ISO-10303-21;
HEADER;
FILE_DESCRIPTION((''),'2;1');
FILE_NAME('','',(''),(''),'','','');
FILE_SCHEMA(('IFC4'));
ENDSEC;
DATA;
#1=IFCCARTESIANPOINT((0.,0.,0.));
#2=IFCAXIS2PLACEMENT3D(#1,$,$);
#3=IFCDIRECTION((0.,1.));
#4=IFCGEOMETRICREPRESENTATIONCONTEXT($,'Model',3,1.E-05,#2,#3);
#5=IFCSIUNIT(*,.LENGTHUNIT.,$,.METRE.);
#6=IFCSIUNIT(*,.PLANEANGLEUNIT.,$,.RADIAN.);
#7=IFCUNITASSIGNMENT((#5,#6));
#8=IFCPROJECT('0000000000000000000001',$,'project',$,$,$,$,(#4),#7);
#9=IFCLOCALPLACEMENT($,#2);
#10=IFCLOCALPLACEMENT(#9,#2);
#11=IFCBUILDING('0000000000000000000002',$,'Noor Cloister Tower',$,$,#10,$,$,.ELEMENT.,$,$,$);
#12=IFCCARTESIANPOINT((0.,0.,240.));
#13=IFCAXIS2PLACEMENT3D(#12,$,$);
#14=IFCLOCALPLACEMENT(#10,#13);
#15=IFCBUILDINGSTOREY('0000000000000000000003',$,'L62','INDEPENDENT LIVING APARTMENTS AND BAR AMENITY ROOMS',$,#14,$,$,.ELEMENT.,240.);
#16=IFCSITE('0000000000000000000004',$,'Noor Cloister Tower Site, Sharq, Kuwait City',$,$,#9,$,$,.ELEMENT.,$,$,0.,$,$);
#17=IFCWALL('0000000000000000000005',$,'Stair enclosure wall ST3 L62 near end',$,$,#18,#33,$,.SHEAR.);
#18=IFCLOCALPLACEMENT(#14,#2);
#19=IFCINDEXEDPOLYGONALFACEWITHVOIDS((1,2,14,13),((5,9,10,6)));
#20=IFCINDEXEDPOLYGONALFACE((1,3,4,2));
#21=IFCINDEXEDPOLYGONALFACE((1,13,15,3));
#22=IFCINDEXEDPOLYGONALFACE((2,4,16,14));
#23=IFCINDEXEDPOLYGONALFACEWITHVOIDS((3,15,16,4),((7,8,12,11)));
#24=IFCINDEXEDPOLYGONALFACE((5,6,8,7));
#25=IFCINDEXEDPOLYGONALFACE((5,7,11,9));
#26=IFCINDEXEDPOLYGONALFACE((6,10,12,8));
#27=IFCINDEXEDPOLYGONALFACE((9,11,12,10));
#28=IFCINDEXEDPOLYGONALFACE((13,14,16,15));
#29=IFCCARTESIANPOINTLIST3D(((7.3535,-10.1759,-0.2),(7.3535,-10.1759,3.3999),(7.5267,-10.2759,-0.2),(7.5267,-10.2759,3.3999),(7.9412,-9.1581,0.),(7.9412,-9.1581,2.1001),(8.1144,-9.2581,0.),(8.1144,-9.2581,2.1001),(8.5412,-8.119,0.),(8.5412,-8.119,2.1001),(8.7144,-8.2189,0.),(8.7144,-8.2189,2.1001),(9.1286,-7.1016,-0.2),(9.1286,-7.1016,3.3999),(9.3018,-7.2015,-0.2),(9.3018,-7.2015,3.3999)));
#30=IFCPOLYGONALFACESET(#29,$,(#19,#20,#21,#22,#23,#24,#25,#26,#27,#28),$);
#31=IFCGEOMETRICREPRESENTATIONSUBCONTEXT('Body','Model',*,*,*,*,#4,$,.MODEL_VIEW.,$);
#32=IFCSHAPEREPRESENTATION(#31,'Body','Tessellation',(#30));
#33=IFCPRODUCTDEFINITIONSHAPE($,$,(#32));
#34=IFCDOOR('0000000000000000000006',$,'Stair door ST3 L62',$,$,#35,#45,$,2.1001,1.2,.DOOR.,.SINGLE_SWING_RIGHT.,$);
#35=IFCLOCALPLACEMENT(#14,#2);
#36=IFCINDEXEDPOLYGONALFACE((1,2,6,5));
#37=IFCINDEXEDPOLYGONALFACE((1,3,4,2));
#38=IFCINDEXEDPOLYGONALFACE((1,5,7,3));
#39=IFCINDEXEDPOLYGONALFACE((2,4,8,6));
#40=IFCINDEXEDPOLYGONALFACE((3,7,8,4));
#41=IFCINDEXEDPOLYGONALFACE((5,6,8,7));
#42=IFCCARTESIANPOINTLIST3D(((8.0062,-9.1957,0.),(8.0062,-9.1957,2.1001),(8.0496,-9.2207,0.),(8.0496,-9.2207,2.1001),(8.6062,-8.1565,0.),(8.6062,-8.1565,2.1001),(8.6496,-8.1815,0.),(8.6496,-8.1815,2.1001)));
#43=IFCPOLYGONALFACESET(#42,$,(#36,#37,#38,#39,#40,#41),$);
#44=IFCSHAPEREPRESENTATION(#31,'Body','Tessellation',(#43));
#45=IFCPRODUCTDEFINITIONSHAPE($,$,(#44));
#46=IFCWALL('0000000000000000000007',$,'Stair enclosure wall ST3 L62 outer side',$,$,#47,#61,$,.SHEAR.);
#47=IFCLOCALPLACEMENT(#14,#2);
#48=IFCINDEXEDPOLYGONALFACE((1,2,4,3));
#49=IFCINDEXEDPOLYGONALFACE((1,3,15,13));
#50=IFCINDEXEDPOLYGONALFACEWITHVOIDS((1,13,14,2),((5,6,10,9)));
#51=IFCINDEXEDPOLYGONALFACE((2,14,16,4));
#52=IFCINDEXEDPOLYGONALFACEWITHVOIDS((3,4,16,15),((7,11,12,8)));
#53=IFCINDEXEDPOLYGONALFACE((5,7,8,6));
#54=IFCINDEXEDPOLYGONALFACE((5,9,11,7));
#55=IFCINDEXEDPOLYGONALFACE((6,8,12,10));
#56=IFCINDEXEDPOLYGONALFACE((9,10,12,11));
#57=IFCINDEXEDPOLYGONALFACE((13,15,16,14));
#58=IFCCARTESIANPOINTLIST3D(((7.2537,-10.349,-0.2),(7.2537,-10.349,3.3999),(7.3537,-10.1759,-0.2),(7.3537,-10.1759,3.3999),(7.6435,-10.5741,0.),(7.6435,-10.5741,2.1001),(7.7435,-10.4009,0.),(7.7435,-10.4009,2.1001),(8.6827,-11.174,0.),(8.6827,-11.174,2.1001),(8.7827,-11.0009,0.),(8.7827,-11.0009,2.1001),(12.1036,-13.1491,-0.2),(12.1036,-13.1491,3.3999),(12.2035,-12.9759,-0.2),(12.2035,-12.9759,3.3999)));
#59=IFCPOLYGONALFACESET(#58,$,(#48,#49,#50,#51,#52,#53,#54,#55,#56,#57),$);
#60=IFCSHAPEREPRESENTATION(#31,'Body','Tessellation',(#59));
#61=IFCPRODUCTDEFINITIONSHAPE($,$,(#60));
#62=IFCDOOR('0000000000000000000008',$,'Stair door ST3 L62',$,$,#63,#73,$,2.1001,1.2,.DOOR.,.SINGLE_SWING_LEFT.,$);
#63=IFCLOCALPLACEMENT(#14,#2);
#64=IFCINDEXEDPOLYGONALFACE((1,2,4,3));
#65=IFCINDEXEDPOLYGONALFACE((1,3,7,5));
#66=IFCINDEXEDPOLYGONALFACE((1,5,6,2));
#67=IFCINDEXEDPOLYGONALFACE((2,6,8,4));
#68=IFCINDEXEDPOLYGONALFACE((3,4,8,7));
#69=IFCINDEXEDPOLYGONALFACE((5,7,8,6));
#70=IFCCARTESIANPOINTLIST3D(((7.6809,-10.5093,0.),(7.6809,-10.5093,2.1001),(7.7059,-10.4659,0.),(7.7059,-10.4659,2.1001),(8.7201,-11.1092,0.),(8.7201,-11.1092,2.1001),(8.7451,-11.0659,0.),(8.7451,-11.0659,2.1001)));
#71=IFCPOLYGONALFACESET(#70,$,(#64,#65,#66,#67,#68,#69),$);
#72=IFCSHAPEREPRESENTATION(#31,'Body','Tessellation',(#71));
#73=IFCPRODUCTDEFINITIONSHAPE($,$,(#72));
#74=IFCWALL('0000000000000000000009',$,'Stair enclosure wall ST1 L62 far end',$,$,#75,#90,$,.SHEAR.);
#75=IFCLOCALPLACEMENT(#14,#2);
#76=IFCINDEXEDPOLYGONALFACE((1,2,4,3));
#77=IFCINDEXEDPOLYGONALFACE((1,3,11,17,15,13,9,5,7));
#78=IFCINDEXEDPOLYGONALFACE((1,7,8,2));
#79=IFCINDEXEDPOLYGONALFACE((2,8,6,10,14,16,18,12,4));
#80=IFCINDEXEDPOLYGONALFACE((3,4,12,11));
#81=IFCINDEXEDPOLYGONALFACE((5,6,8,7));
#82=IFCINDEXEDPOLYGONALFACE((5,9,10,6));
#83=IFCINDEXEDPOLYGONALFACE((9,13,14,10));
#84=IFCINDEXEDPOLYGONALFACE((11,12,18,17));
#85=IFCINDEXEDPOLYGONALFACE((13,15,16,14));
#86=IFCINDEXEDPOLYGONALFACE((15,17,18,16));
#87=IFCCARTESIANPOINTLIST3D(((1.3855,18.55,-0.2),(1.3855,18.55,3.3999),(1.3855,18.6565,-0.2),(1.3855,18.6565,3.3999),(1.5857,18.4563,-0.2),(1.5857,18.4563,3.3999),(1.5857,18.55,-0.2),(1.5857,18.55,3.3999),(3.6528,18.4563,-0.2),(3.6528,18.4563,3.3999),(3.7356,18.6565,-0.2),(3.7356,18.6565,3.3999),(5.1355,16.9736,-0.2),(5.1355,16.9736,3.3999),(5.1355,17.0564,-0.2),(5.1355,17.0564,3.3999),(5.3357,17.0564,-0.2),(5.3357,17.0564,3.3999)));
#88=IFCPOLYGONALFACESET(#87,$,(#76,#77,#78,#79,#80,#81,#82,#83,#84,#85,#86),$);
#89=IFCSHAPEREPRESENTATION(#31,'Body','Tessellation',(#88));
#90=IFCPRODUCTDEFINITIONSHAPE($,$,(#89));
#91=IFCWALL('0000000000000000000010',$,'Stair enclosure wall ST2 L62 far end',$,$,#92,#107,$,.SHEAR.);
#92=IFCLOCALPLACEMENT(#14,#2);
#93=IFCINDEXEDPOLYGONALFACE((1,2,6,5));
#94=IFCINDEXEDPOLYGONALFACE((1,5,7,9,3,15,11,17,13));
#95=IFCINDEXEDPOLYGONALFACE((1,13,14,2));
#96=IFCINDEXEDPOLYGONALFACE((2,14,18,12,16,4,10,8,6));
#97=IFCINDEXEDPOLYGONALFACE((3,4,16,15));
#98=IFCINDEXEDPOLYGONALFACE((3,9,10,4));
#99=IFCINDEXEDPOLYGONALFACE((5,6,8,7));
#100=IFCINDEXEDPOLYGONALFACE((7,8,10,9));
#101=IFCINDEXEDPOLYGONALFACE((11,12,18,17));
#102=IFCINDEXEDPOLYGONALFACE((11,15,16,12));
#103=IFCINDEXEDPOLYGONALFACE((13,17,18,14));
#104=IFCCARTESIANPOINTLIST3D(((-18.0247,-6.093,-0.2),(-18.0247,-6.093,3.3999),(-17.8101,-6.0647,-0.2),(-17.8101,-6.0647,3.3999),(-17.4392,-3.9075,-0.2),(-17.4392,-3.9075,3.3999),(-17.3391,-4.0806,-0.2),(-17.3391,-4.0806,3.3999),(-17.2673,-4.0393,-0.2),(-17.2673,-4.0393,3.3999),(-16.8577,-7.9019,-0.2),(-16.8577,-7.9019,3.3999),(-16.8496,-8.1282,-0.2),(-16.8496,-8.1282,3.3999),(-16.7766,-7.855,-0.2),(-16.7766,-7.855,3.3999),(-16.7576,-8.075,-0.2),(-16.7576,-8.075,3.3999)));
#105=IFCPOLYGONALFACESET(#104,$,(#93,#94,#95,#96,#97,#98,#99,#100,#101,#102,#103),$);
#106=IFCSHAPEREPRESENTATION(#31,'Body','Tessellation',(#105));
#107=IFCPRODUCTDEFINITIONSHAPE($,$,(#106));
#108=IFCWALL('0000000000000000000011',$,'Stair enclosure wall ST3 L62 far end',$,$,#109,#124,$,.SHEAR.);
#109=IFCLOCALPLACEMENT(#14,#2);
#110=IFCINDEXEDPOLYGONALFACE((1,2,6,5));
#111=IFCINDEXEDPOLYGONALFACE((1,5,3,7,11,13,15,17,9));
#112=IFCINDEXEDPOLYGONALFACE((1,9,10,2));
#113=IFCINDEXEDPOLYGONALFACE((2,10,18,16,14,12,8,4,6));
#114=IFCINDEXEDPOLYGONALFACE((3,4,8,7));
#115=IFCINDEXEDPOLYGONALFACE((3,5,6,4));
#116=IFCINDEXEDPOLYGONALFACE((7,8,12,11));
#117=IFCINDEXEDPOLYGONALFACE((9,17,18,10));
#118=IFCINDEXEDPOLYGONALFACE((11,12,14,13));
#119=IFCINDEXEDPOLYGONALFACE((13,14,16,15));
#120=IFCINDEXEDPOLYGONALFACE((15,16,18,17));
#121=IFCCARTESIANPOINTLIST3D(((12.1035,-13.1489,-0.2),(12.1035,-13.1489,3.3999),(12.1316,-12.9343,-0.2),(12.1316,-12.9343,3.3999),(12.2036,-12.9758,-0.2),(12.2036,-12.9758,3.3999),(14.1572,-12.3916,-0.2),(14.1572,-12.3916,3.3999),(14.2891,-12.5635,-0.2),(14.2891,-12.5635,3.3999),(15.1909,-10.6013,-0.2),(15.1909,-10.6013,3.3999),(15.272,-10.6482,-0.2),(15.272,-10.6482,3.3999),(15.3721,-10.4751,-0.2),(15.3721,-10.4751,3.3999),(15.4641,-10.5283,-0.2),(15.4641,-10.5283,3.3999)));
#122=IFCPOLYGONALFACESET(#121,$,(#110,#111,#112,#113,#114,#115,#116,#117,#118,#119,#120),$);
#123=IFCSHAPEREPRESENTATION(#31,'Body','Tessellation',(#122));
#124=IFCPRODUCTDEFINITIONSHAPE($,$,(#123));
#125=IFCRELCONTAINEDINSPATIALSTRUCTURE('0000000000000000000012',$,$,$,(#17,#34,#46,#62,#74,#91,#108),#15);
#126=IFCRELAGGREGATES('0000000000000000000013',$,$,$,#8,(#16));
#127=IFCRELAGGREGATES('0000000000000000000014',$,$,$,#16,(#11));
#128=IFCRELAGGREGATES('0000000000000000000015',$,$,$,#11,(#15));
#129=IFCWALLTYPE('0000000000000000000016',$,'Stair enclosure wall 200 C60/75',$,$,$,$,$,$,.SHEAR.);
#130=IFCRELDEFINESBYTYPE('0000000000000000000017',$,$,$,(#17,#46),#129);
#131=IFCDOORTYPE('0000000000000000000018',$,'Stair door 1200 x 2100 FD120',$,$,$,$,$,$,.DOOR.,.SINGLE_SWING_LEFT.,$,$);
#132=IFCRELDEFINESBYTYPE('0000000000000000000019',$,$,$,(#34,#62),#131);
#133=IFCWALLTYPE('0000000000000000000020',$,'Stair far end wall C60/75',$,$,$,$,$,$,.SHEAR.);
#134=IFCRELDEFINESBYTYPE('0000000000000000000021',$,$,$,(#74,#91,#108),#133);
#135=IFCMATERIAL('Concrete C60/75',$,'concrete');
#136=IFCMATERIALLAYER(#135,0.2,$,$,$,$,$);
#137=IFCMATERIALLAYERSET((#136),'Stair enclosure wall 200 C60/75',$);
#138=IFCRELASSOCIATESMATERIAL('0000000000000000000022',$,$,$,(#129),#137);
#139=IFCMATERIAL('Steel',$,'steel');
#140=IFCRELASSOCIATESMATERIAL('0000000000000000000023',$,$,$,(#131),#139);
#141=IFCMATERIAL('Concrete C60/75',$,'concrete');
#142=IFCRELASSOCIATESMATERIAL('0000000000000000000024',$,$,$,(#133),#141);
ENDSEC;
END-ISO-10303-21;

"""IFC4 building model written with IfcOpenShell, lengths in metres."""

from ifc_helpers import new_model, si_unit, direction, frame, frame_2d, origin, place, context, subcontext, project, spatial, polyline, rectangle, outline, extrude, material, layer, layer_set, type_object, element, fill, save


model = new_model("IFC4")

# Units and contexts
model_context = context("Model", 3, precision=1e-05, world=origin(), true_north=direction((0.0, 1.0)))
body_context = subcontext(model_context, "Body", "Model", "MODEL_VIEW")
ifc_project = project(units=[si_unit("LENGTHUNIT", "METRE"), si_unit("PLANEANGLEUNIT", "RADIAN")], contexts=[model_context])

# Site, building, storey
site_placement = place(None, origin())
site = spatial("IfcSite", under=ifc_project, at=site_placement, Name="Noor Cloister Tower Site, Sharq, Kuwait City", CompositionType="ELEMENT", RefElevation=0.0)
building_placement = place(site_placement, origin())
building = spatial("IfcBuilding", under=site, at=building_placement, Name="Noor Cloister Tower", CompositionType="ELEMENT")
storey_placement = place(building_placement, frame((0.0, 0.0, 240.0)))
storey = spatial("IfcBuildingStorey", under=building, at=storey_placement, Name="L62", Description="INDEPENDENT LIVING APARTMENTS AND BAR AMENITY ROOMS", CompositionType="ELEMENT", Elevation=240.0)

# Walls, openings, doors
ifc_material_1 = material(Name="Concrete C60/75", Category="concrete")
ifc_layer_1 = layer(ifc_material_1, 0.2)
ifc_layer_set_1 = layer_set([ifc_layer_1], Name="Stair enclosure wall 200 C60/75")
wall_type_1 = type_object("IfcWallType", Name="Stair enclosure wall 200 C60/75", PredefinedType="SHEAR", material=ifc_layer_set_1)
wall_1_placement = place(storey_placement, frame((7.4402, -10.2258, -0.2), z_axis=(0.0, 0.0, 1.0), x_axis=(0.500022, 0.866013, 0.0)))
wall_1 = element("IfcWall", 1, at=wall_1_placement, inside=storey, type_object=wall_type_1, Name="Stair enclosure wall ST3 L62 near end", PredefinedType="SHEAR", context=body_context, shape_type="SweptSolid", body=[
    extrude(rectangle(XDim=3.55, YDim=0.2, at=frame_2d((1.7749, 0.0))), origin(), (0.0, 0.0, 1.0), 3.5999),
])
opening_1_placement = place(wall_1_placement, frame((1.175, 0.0, 0.2)))
opening_1 = element("IfcOpeningElement", 2, at=opening_1_placement, cuts=wall_1, PredefinedType="OPENING", context=body_context, shape_type="SweptSolid", body=[
    extrude(rectangle(XDim=1.2, YDim=2.1001, at=frame_2d((0.6001, 1.05))), frame((0.0, 0.1099, 0.0), z_axis=(0.0, -1.0, 0.0), x_axis=(1.0, 0.0, 0.0)), (0.0, 0.0, 1.0), 0.22),
])
ifc_material_2 = material(Name="Steel", Category="steel")
door_type_1 = type_object("IfcDoorType", Name="Stair door 1200 x 2100 FD120", OperationType="SINGLE_SWING_LEFT", PredefinedType="DOOR", material=ifc_material_2)
door_1_placement = place(opening_1_placement, origin())
door_1 = element("IfcDoor", 3, at=door_1_placement, inside=storey, type_object=door_type_1, Name="Stair door ST3 L62", OperationType="SINGLE_SWING_RIGHT", OverallHeight=2.1001, OverallWidth=1.2, PredefinedType="DOOR", context=body_context, shape_type="SweptSolid", body=[
    extrude(rectangle(XDim=1.2, YDim=2.1001, at=frame_2d((0.6001, 1.05))), frame((0.0, 0.0249, 0.0), z_axis=(0.0, -1.0, 0.0), x_axis=(1.0, 0.0, 0.0)), (0.0, 0.0, 1.0), 0.05),
])
fill(opening_1, door_1)
wall_2_placement = place(storey_placement, frame((7.3037, -10.2625, -0.2), z_axis=(0.0, 0.0, 1.0), x_axis=(0.866027, -0.499998, 0.0)))
wall_2 = element("IfcWall", 4, at=wall_2_placement, inside=storey, type_object=wall_type_1, Name="Stair enclosure wall ST3 L62 outer side", PredefinedType="SHEAR", context=body_context, shape_type="SweptSolid", body=[
    extrude(rectangle(XDim=5.6001, YDim=0.2, at=frame_2d((2.8, 0.0))), origin(), (0.0, 0.0, 1.0), 3.5999),
])
opening_2_placement = place(wall_2_placement, frame((0.45, 0.0, 0.2)))
opening_2 = element("IfcOpeningElement", 5, at=opening_2_placement, cuts=wall_2, PredefinedType="OPENING", context=body_context, shape_type="SweptSolid", body=[
    extrude(rectangle(XDim=1.2, YDim=2.1001, at=frame_2d((0.6001, 1.05))), frame((0.0, 0.1099, 0.0), z_axis=(0.0, -1.0, 0.0), x_axis=(1.0, 0.0, 0.0)), (0.0, 0.0, 1.0), 0.22),
])
door_2_placement = place(opening_2_placement, origin())
door_2 = element("IfcDoor", 6, at=door_2_placement, inside=storey, type_object=door_type_1, Name="Stair door ST3 L62", OperationType="SINGLE_SWING_LEFT", OverallHeight=2.1001, OverallWidth=1.2, PredefinedType="DOOR", context=body_context, shape_type="SweptSolid", body=[
    extrude(rectangle(XDim=1.2, YDim=2.1001, at=frame_2d((0.6001, 1.05))), frame((0.0, 0.0249, 0.0), z_axis=(0.0, -1.0, 0.0), x_axis=(1.0, 0.0, 0.0)), (0.0, 0.0, 1.0), 0.05),
])
fill(opening_2, door_2)

# Walls
ifc_material_3 = material(Name="Concrete C60/75", Category="concrete")
wall_type_2 = type_object("IfcWallType", Name="Stair far end wall C60/75", PredefinedType="SHEAR", material=ifc_material_3)
wall_3_placement = place(storey_placement, frame((0.0, 0.0, -0.2)))
element("IfcWall", 7, at=wall_3_placement, inside=storey, type_object=wall_type_2, Name="Stair enclosure wall ST1 L62 far end", PredefinedType="SHEAR", context=body_context, shape_type="SweptSolid", body=[
    extrude(outline(polyline([(5.3357, 17.0564), (3.7356, 18.6565), (1.3855, 18.6565), (1.3855, 18.55), (1.5857, 18.55), (1.5857, 18.55), (1.5857, 18.55), (1.5857, 18.55), (1.5857, 18.55), (1.5857, 18.55), (1.5857, 18.55), (1.5857, 18.55), (1.5857, 18.55), (1.5857, 18.55), (1.5857, 18.55), (1.5857, 18.55), (1.5857, 18.55), (1.5857, 18.55), (1.5857, 18.55), (1.5857, 18.55), (1.5857, 18.55), (1.5857, 18.4563), (3.6528, 18.4563), (5.1355, 16.9736), (5.1355, 17.0564), (5.1355, 17.0564), (5.1355, 17.0564), (5.1355, 17.0564), (5.1355, 17.0564), (5.1355, 17.0564), (5.1355, 17.0564), (5.1355, 17.0564), (5.1355, 17.0564), (5.1355, 17.0564), (5.1355, 17.0564), (5.1355, 17.0564), (5.1355, 17.0564), (5.1355, 17.0564), (5.1355, 17.0564), (5.1355, 17.0564), (5.1355, 17.0564), (5.3357, 17.0564)])), origin(), (0.0, 0.0, 1.0), 3.5999),
])
wall_4_placement = place(storey_placement, frame((0.0, 0.0, -0.2)))
element("IfcWall", 8, at=wall_4_placement, inside=storey, type_object=wall_type_2, Name="Stair enclosure wall ST2 L62 far end", PredefinedType="SHEAR", context=body_context, shape_type="SweptSolid", body=[
    extrude(outline(polyline([(-17.4392, -3.9075), (-18.0247, -6.093), (-16.8496, -8.1282), (-16.7576, -8.075), (-16.8577, -7.9019), (-16.8577, -7.9019), (-16.8577, -7.9019), (-16.8577, -7.9019), (-16.8577, -7.9019), (-16.8577, -7.9019), (-16.8577, -7.9019), (-16.8577, -7.9019), (-16.8577, -7.9019), (-16.8577, -7.9019), (-16.8577, -7.9019), (-16.8577, -7.9019), (-16.8577, -7.9019), (-16.8577, -7.9019), (-16.8577, -7.9019), (-16.8577, -7.9019), (-16.8577, -7.9019), (-16.7766, -7.855), (-17.8101, -6.0647), (-17.2673, -4.0393), (-17.3391, -4.0806), (-17.3391, -4.0806), (-17.3391, -4.0806), (-17.3391, -4.0806), (-17.3391, -4.0806), (-17.3391, -4.0806), (-17.3391, -4.0806), (-17.3391, -4.0806), (-17.3391, -4.0806), (-17.3391, -4.0806), (-17.3391, -4.0806), (-17.3391, -4.0806), (-17.3391, -4.0806), (-17.3391, -4.0806), (-17.3391, -4.0806), (-17.3391, -4.0806), (-17.3391, -4.0806), (-17.4392, -3.9075)])), origin(), (0.0, 0.0, 1.0), 3.5999),
])
wall_5_placement = place(storey_placement, frame((0.0, 0.0, -0.2)))
element("IfcWall", 9, at=wall_5_placement, inside=storey, type_object=wall_type_2, Name="Stair enclosure wall ST3 L62 far end", PredefinedType="SHEAR", context=body_context, shape_type="SweptSolid", body=[
    extrude(outline(polyline([(12.1035, -13.1489), (14.2891, -12.5635), (15.4641, -10.5283), (15.3721, -10.4751), (15.272, -10.6482), (15.272, -10.6482), (15.272, -10.6482), (15.272, -10.6482), (15.272, -10.6482), (15.272, -10.6482), (15.272, -10.6482), (15.272, -10.6482), (15.272, -10.6482), (15.272, -10.6482), (15.272, -10.6482), (15.272, -10.6482), (15.272, -10.6482), (15.272, -10.6482), (15.272, -10.6482), (15.272, -10.6482), (15.272, -10.6482), (15.1909, -10.6013), (14.1572, -12.3916), (12.1316, -12.9343), (12.2036, -12.9758), (12.2036, -12.9758), (12.2036, -12.9758), (12.2036, -12.9758), (12.2036, -12.9758), (12.2036, -12.9758), (12.2036, -12.9758), (12.2036, -12.9758), (12.2036, -12.9758), (12.2036, -12.9758), (12.2036, -12.9758), (12.2036, -12.9758), (12.2036, -12.9758), (12.2036, -12.9758), (12.2036, -12.9758), (12.2036, -12.9758), (12.2036, -12.9758), (12.1035, -13.1489)])), origin(), (0.0, 0.0, 1.0), 3.5999),
])

save(model, "model.ifc")
